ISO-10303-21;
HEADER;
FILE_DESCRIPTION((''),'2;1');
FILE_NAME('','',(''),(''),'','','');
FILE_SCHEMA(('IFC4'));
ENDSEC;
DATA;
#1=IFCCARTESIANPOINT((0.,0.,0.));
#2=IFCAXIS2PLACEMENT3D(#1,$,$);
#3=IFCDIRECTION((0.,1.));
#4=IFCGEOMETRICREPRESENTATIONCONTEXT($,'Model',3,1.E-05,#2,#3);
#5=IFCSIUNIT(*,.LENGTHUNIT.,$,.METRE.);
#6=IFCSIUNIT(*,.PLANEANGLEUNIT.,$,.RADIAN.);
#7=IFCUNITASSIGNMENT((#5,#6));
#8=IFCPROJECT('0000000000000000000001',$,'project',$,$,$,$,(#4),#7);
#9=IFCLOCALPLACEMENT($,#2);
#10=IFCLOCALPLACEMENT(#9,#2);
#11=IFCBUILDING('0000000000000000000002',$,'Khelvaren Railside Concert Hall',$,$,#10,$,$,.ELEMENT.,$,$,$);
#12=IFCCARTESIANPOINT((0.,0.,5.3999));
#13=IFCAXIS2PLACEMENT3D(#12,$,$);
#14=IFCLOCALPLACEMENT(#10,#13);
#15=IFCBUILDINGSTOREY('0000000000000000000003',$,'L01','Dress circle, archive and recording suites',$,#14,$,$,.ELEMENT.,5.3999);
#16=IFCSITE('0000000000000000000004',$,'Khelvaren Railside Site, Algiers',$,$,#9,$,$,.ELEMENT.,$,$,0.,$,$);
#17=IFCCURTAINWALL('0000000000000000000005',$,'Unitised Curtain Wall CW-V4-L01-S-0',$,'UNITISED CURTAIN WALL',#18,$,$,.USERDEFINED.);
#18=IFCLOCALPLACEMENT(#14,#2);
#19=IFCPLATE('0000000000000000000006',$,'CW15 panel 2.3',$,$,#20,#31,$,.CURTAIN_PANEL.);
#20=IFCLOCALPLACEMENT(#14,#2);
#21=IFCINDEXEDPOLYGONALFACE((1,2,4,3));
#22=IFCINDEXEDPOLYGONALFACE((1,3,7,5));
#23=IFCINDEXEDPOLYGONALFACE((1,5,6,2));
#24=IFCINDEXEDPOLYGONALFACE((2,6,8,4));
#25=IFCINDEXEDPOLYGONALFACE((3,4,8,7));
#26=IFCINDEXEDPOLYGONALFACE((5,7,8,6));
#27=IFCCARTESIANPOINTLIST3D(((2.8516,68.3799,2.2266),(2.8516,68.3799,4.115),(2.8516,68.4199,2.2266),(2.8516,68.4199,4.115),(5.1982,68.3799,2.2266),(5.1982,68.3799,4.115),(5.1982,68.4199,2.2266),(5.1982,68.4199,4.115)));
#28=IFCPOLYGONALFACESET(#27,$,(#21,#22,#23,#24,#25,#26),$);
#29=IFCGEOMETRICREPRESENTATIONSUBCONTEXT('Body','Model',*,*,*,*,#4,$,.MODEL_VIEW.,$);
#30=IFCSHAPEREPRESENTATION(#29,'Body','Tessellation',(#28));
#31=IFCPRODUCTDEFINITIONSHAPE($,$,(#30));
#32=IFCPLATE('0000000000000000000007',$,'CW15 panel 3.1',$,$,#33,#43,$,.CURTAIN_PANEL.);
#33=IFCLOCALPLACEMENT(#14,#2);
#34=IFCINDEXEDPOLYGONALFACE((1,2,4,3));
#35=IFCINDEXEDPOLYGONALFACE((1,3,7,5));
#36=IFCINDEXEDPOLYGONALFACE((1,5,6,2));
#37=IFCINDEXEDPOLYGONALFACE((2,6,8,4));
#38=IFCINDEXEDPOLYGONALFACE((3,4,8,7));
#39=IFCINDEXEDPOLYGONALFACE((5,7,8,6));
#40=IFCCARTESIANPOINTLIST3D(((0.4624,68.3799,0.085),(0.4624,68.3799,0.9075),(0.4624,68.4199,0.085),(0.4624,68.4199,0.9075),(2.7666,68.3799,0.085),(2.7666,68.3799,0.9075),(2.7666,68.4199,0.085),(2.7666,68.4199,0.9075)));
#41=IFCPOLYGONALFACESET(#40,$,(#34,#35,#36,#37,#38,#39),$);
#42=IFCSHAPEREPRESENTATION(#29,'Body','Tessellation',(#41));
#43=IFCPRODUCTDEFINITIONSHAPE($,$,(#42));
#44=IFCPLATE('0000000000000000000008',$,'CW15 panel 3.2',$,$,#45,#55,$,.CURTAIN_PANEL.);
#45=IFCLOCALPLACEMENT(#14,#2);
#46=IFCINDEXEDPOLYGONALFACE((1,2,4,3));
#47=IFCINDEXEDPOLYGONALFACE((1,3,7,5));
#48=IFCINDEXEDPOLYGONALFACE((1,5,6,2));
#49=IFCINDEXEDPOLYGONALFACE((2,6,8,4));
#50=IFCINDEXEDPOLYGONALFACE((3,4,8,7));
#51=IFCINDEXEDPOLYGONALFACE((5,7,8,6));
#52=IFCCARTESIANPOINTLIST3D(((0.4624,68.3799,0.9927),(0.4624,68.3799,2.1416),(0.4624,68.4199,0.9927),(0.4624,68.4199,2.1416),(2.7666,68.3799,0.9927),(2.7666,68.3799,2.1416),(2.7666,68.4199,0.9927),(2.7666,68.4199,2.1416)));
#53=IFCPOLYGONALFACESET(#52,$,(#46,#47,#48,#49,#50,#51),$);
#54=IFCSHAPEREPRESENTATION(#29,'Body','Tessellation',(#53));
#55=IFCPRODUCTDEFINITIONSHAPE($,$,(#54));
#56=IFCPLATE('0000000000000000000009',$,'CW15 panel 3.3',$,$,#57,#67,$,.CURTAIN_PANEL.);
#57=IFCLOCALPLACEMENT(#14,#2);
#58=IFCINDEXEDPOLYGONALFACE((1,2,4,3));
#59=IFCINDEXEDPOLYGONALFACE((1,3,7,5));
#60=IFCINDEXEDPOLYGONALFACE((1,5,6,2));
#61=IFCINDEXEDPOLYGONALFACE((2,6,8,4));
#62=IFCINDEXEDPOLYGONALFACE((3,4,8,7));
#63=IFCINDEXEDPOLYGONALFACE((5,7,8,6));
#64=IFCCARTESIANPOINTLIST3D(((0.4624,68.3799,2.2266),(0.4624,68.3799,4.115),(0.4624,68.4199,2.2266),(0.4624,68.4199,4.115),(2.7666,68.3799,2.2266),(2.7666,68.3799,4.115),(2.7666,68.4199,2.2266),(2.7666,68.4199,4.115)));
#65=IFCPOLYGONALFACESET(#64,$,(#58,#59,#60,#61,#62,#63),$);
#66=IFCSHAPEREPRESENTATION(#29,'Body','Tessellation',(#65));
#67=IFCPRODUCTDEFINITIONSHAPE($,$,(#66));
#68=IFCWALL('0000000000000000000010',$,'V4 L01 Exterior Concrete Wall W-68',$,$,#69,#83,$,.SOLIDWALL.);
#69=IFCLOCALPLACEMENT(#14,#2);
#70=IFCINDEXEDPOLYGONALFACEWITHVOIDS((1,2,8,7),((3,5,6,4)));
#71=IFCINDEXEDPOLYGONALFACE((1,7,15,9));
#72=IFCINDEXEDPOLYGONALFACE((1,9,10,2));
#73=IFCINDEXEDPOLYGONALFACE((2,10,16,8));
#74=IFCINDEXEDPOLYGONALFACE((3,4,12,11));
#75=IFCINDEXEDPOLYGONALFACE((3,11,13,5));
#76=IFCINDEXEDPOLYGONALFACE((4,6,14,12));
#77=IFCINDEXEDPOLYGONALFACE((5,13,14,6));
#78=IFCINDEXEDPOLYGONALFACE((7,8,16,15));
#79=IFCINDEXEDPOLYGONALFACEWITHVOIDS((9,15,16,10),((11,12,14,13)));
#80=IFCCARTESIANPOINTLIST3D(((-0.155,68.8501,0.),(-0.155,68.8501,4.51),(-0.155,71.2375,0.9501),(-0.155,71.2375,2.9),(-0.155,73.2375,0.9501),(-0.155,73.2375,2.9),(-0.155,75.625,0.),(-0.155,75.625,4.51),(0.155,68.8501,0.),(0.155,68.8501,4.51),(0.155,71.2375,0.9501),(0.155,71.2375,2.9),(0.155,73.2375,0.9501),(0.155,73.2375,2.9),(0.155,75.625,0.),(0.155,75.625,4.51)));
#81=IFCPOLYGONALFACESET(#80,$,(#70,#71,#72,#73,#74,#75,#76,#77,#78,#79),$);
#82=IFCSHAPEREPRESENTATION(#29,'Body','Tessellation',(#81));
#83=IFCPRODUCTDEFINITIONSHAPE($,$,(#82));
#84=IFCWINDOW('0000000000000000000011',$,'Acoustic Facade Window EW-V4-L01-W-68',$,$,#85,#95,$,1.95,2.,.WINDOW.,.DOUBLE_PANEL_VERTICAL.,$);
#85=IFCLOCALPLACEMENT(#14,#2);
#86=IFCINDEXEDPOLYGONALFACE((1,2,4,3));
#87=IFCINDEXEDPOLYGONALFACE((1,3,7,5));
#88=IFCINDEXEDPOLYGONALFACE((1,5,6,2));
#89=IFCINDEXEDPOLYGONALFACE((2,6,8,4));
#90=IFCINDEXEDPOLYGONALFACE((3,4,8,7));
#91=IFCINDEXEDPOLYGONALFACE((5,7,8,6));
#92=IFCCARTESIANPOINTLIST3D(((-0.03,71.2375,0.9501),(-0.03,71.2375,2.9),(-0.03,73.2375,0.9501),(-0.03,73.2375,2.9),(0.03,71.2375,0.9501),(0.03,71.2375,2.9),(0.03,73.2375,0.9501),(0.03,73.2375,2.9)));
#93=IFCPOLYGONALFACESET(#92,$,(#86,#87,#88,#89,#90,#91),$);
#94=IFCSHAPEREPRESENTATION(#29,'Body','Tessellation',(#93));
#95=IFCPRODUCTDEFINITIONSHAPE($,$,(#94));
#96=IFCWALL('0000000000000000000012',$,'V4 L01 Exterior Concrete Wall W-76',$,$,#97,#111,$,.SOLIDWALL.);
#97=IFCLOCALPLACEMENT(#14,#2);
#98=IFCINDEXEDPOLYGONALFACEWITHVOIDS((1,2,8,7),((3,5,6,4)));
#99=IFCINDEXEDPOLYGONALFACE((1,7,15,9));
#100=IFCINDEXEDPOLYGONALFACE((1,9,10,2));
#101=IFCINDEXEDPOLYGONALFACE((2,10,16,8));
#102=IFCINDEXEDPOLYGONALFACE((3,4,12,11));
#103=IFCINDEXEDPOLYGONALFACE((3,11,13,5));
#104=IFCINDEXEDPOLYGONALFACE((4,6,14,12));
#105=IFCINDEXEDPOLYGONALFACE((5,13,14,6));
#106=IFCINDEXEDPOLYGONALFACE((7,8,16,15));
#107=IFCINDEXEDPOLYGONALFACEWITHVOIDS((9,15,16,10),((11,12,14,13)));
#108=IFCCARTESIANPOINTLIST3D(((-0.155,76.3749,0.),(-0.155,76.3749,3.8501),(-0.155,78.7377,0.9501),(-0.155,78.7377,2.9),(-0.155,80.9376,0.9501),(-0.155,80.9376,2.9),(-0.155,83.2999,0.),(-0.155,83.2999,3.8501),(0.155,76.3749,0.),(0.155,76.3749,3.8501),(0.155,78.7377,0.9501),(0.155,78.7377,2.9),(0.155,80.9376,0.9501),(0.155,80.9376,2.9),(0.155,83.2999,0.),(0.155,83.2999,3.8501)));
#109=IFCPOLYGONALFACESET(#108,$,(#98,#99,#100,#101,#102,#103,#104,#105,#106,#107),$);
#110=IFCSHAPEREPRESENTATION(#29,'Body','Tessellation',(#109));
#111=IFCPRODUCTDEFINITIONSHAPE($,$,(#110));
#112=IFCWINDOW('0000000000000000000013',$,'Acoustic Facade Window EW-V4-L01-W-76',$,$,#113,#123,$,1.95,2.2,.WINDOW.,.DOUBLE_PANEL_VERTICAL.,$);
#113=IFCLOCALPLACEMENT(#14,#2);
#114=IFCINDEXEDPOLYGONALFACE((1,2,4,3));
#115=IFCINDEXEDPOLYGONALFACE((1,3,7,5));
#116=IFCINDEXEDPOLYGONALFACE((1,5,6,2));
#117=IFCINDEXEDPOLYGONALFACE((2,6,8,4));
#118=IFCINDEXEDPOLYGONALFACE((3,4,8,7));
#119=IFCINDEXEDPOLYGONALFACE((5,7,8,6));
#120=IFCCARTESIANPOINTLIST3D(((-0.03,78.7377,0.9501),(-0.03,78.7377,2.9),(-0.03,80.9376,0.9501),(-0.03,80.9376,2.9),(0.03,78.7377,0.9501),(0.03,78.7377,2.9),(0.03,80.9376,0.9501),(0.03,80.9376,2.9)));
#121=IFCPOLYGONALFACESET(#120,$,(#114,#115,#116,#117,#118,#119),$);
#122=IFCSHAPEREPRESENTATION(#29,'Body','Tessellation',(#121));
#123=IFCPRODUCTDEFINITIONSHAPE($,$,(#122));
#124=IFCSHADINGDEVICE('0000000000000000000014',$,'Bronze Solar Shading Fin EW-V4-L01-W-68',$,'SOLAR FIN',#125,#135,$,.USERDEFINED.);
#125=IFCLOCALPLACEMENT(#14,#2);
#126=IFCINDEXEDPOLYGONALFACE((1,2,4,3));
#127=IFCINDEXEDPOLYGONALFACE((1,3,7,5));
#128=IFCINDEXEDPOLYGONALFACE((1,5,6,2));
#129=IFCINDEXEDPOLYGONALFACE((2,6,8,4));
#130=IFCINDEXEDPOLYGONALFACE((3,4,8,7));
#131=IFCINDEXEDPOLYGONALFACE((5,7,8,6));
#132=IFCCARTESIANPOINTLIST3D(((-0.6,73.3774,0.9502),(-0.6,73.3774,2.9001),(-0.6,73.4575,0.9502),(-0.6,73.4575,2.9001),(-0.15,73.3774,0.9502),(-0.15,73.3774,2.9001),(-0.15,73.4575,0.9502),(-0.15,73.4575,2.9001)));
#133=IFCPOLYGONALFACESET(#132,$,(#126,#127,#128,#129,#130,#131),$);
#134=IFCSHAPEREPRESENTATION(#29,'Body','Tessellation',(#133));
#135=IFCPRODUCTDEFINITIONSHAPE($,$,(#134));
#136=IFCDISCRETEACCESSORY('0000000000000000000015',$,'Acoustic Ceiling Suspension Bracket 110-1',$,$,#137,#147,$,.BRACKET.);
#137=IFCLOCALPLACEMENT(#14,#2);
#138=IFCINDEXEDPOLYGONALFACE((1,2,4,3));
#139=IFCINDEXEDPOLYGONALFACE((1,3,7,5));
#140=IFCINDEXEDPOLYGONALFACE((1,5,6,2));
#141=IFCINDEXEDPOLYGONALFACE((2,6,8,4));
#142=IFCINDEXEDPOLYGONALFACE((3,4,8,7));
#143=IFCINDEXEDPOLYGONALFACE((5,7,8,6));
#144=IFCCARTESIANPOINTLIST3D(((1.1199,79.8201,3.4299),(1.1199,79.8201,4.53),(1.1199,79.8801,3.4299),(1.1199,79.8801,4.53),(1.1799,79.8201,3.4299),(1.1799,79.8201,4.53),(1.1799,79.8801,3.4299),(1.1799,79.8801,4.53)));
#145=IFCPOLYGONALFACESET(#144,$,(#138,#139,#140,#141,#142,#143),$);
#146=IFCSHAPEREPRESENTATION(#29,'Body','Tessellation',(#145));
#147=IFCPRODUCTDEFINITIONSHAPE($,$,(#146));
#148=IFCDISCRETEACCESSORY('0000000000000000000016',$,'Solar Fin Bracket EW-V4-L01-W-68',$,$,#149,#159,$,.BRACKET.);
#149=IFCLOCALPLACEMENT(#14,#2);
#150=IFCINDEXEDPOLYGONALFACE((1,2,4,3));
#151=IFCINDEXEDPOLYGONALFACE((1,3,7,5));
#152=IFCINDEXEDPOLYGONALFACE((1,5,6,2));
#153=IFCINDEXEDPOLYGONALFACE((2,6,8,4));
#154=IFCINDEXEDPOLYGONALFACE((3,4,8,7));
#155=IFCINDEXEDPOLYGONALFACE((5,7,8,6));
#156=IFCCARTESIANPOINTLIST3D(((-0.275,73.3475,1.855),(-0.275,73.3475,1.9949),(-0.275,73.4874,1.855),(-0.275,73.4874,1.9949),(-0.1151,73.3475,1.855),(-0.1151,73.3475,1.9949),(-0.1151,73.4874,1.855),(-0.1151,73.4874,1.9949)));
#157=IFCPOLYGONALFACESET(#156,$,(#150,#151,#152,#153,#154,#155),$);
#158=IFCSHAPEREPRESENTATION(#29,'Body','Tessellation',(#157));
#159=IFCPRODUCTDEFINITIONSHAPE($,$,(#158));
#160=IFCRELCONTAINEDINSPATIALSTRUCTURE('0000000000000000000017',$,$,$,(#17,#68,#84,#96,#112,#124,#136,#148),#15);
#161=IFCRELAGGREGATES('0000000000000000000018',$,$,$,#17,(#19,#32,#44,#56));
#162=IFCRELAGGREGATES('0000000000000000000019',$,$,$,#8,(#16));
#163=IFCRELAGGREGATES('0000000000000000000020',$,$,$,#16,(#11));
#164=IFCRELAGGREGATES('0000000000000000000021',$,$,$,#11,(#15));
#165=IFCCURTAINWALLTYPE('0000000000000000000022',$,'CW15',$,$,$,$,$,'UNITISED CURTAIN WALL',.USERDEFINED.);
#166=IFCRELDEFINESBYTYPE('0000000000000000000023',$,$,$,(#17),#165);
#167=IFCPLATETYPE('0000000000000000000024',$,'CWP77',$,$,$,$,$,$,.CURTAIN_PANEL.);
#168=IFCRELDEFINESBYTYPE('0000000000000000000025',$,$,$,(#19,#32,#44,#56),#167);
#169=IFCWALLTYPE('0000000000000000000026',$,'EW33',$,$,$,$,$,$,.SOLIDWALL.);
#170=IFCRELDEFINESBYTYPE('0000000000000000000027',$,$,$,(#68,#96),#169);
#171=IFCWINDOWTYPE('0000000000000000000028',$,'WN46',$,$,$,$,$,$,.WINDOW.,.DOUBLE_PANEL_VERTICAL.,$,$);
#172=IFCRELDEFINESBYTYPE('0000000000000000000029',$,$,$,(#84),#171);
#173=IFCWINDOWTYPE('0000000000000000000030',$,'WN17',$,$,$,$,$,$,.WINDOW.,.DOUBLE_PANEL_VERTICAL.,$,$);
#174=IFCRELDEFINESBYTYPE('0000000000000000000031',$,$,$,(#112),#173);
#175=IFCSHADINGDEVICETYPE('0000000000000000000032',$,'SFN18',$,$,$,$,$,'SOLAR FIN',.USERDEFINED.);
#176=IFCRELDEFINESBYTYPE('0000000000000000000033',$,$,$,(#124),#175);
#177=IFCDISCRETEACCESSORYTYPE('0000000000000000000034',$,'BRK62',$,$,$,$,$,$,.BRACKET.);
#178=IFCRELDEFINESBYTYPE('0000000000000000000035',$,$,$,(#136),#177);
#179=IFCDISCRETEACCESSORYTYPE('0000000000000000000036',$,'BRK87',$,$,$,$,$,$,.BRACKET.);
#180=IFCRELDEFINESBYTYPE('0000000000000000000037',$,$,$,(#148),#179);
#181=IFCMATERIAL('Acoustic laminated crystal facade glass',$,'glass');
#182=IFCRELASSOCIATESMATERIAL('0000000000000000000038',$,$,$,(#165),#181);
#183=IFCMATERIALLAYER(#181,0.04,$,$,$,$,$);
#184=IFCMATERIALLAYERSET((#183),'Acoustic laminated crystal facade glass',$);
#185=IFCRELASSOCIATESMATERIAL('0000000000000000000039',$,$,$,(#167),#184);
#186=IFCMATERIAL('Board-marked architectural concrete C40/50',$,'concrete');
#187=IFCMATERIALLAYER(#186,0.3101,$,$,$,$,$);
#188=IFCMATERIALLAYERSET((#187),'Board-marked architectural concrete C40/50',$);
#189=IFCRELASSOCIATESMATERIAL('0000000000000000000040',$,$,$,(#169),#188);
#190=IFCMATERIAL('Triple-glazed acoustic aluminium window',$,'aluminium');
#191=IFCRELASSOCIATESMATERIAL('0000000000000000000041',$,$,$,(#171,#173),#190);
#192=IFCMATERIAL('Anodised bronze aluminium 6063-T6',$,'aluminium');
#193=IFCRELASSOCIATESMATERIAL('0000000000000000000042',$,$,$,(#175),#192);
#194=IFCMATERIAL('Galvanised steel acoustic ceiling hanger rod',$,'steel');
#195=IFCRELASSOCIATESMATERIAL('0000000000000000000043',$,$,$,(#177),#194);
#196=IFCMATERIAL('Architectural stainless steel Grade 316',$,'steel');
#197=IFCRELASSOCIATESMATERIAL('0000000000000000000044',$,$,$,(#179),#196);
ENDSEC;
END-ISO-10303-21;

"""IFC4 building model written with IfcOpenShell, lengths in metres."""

from ifc_helpers import new_model, si_unit, direction, frame, frame_2d, origin, origin_2d, place, context, subcontext, project, spatial, rectangle, extrude, material, layer, layer_set, type_object, element, fill, aggregate, save


model = new_model("IFC4")

# Units and contexts
model_context = context("Model", 3, precision=1e-05, world=origin(), true_north=direction((0.0, 1.0)))
body_context = subcontext(model_context, "Body", "Model", "MODEL_VIEW")
ifc_project = project(units=[si_unit("LENGTHUNIT", "METRE"), si_unit("PLANEANGLEUNIT", "RADIAN")], contexts=[model_context])

# Site, building, storey
site_placement = place(None, origin())
site = spatial("IfcSite", under=ifc_project, at=site_placement, Name="Khelvaren Railside Site, Algiers", CompositionType="ELEMENT", RefElevation=0.0)
building_placement = place(site_placement, origin())
building = spatial("IfcBuilding", under=site, at=building_placement, Name="Khelvaren Railside Concert Hall", CompositionType="ELEMENT")
storey_placement = place(building_placement, frame((0.0, 0.0, 5.3999)))
storey = spatial("IfcBuildingStorey", under=building, at=storey_placement, Name="L01", Description="Dress circle, archive and recording suites", CompositionType="ELEMENT", Elevation=5.3999)

# Curtain wall
ifc_material_1 = material(Name="Acoustic laminated crystal facade glass", Category="glass")
curtain_wall_type = type_object("IfcCurtainWallType", Name="CW15", ElementType="UNITISED CURTAIN WALL", PredefinedType="USERDEFINED", material=ifc_material_1)
curtain_wall_placement = place(storey_placement, origin())
curtain_wall = element("IfcCurtainWall", 1, at=curtain_wall_placement, inside=storey, type_object=curtain_wall_type, Name="Unitised Curtain Wall CW-V4-L01-S-0", ObjectType="UNITISED CURTAIN WALL", PredefinedType="USERDEFINED")

# Plates
ifc_layer_1 = layer(ifc_material_1, 0.04)
ifc_layer_set_1 = layer_set([ifc_layer_1], Name="Acoustic laminated crystal facade glass")
plate_type = type_object("IfcPlateType", Name="CWP77", PredefinedType="CURTAIN_PANEL", material=ifc_layer_set_1)
plate_1_placement = place(storey_placement, frame((4.0249, 68.3999, 2.2266), z_axis=(0.0, 0.0, 1.0), x_axis=(-1.0, 0.0, 0.0)))
plate_1 = element("IfcPlate", 2, at=plate_1_placement, type_object=plate_type, Name="CW15 panel 2.3", PredefinedType="CURTAIN_PANEL", context=body_context, shape_type="SweptSolid", body=[
    extrude(rectangle(XDim=2.3467, YDim=0.04, at=origin_2d()), origin(), (0.0, 0.0, 1.0), 1.8884),
])
plate_2_placement = place(storey_placement, frame((1.6145, 68.3999, 0.085), z_axis=(0.0, 0.0, 1.0), x_axis=(-1.0, 0.0, 0.0)))
plate_2 = element("IfcPlate", 3, at=plate_2_placement, type_object=plate_type, Name="CW15 panel 3.1", PredefinedType="CURTAIN_PANEL", context=body_context, shape_type="SweptSolid", body=[
    extrude(rectangle(XDim=2.3042, YDim=0.04, at=origin_2d()), origin(), (0.0, 0.0, 1.0), 0.8225),
])
plate_3_placement = place(storey_placement, frame((1.6145, 68.3999, 0.9927), z_axis=(0.0, 0.0, 1.0), x_axis=(-1.0, 0.0, 0.0)))
plate_3 = element("IfcPlate", 4, at=plate_3_placement, type_object=plate_type, Name="CW15 panel 3.2", PredefinedType="CURTAIN_PANEL", context=body_context, shape_type="SweptSolid", body=[
    extrude(rectangle(XDim=2.3042, YDim=0.04, at=origin_2d()), origin(), (0.0, 0.0, 1.0), 1.1489),
])
plate_4_placement = place(storey_placement, frame((1.6145, 68.3999, 2.2266), z_axis=(0.0, 0.0, 1.0), x_axis=(-1.0, 0.0, 0.0)))
plate_4 = element("IfcPlate", 5, at=plate_4_placement, type_object=plate_type, Name="CW15 panel 3.3", PredefinedType="CURTAIN_PANEL", context=body_context, shape_type="SweptSolid", body=[
    extrude(rectangle(XDim=2.3042, YDim=0.04, at=origin_2d()), origin(), (0.0, 0.0, 1.0), 1.8884),
])
aggregate(curtain_wall, [plate_1, plate_2, plate_3, plate_4])

# Walls, openings, windows
ifc_material_2 = material(Name="Board-marked architectural concrete C40/50", Category="concrete")
ifc_layer_2 = layer(ifc_material_2, 0.3101)
ifc_layer_set_2 = layer_set([ifc_layer_2], Name="Board-marked architectural concrete C40/50")
wall_type = type_object("IfcWallType", Name="EW33", PredefinedType="SOLIDWALL", material=ifc_layer_set_2)
wall_1_placement = place(storey_placement, frame((0.0, 68.8501, 0.0), z_axis=(0.0, 0.0, 1.0), x_axis=(0.0, 1.0, 0.0)))
wall_1 = element("IfcWall", 6, at=wall_1_placement, inside=storey, type_object=wall_type, Name="V4 L01 Exterior Concrete Wall W-68", PredefinedType="SOLIDWALL", context=body_context, shape_type="SweptSolid", body=[
    extrude(rectangle(XDim=6.7749, YDim=0.3101, at=frame_2d((3.3875, 0.0))), origin(), (0.0, 0.0, 1.0), 4.51),
])
opening_1_placement = place(wall_1_placement, frame((2.3875, 0.0, 0.95)))
opening_1 = element("IfcOpeningElement", 7, at=opening_1_placement, cuts=wall_1, PredefinedType="OPENING", context=body_context, shape_type="SweptSolid", body=[
    extrude(rectangle(XDim=2.0, YDim=1.95, at=frame_2d((1.0, 0.9751))), frame((0.0, 0.165, 0.0), z_axis=(0.0, -1.0, 0.0), x_axis=(1.0, 0.0, 0.0)), (0.0, 0.0, 1.0), 0.3301),
])
ifc_material_3 = material(Name="Triple-glazed acoustic aluminium window", Category="aluminium")
window_type_1 = type_object("IfcWindowType", Name="WN46", PartitioningType="DOUBLE_PANEL_VERTICAL", PredefinedType="WINDOW", material=ifc_material_3)
window_1_placement = place(opening_1_placement, origin())
window_1 = element("IfcWindow", 8, at=window_1_placement, inside=storey, type_object=window_type_1, Name="Acoustic Facade Window EW-V4-L01-W-68", OverallHeight=1.95, OverallWidth=2.0, PartitioningType="DOUBLE_PANEL_VERTICAL", PredefinedType="WINDOW", context=body_context, shape_type="SweptSolid", body=[
    extrude(rectangle(XDim=2.0, YDim=1.95, at=frame_2d((1.0, 0.9751))), frame((0.0, 0.03, 0.0), z_axis=(0.0, -1.0, 0.0), x_axis=(1.0, 0.0, 0.0)), (0.0, 0.0, 1.0), 0.0601),
])
fill(opening_1, window_1)
wall_2_placement = place(storey_placement, frame((0.0, 76.375, 0.0), z_axis=(0.0, 0.0, 1.0), x_axis=(0.0, 1.0, 0.0)))
wall_2 = element("IfcWall", 9, at=wall_2_placement, inside=storey, type_object=wall_type, Name="V4 L01 Exterior Concrete Wall W-76", PredefinedType="SOLIDWALL", context=body_context, shape_type="SweptSolid", body=[
    extrude(rectangle(XDim=6.925, YDim=0.3101, at=frame_2d((3.4624, 0.0))), origin(), (0.0, 0.0, 1.0), 3.8501),
])
opening_2_placement = place(wall_2_placement, frame((2.3625, 0.0, 0.95)))
opening_2 = element("IfcOpeningElement", 10, at=opening_2_placement, cuts=wall_2, PredefinedType="OPENING", context=body_context, shape_type="SweptSolid", body=[
    extrude(rectangle(XDim=2.2, YDim=1.95, at=frame_2d((1.1001, 0.9751))), frame((0.0, 0.165, 0.0), z_axis=(0.0, -1.0, 0.0), x_axis=(1.0, 0.0, 0.0)), (0.0, 0.0, 1.0), 0.3301),
])
window_type_2 = type_object("IfcWindowType", Name="WN17", PartitioningType="DOUBLE_PANEL_VERTICAL", PredefinedType="WINDOW", material=ifc_material_3)
window_2_placement = place(opening_2_placement, origin())
window_2 = element("IfcWindow", 11, at=window_2_placement, inside=storey, type_object=window_type_2, Name="Acoustic Facade Window EW-V4-L01-W-76", OverallHeight=1.95, OverallWidth=2.2, PartitioningType="DOUBLE_PANEL_VERTICAL", PredefinedType="WINDOW", context=body_context, shape_type="SweptSolid", body=[
    extrude(rectangle(XDim=2.2, YDim=1.95, at=frame_2d((1.1001, 0.9751))), frame((0.0, 0.03, 0.0), z_axis=(0.0, -1.0, 0.0), x_axis=(1.0, 0.0, 0.0)), (0.0, 0.0, 1.0), 0.0601),
])
fill(opening_2, window_2)

# Shading device
ifc_material_4 = material(Name="Anodised bronze aluminium 6063-T6", Category="aluminium")
shading_device_type = type_object("IfcShadingDeviceType", Name="SFN18", ElementType="SOLAR FIN", PredefinedType="USERDEFINED", material=ifc_material_4)
shading_device_placement = place(storey_placement, frame((-0.375, 73.4175, 0.9502), z_axis=(0.0, 0.0, 1.0), x_axis=(0.0, 1.0, 0.0)))
element("IfcShadingDevice", 12, at=shading_device_placement, inside=storey, type_object=shading_device_type, Name="Bronze Solar Shading Fin EW-V4-L01-W-68", ObjectType="SOLAR FIN", PredefinedType="USERDEFINED", context=body_context, shape_type="SweptSolid", body=[
    extrude(rectangle(XDim=0.0801, YDim=0.45, at=origin_2d()), origin(), (0.0, 0.0, 1.0), 1.95),
])

# Discrete accessories
ifc_material_5 = material(Name="Galvanised steel acoustic ceiling hanger rod", Category="steel")
discrete_accessory_type_1 = type_object("IfcDiscreteAccessoryType", Name="BRK62", PredefinedType="BRACKET", material=ifc_material_5)
discrete_accessory_1_placement = place(storey_placement, frame((1.1499, 79.8501, 3.4299), z_axis=(0.0, 0.0, 1.0), x_axis=(1.0, 0.0, 0.0)))
element("IfcDiscreteAccessory", 13, at=discrete_accessory_1_placement, inside=storey, type_object=discrete_accessory_type_1, Name="Acoustic Ceiling Suspension Bracket 110-1", PredefinedType="BRACKET", context=body_context, shape_type="SweptSolid", body=[
    extrude(rectangle(XDim=0.0601, YDim=0.0601, at=origin_2d()), origin(), (0.0, 0.0, 1.0), 1.1001),
])
ifc_material_6 = material(Name="Architectural stainless steel Grade 316", Category="steel")
discrete_accessory_type_2 = type_object("IfcDiscreteAccessoryType", Name="BRK87", PredefinedType="BRACKET", material=ifc_material_6)
discrete_accessory_2_placement = place(storey_placement, frame((-0.1951, 73.4175, 1.855), z_axis=(0.0, 0.0, 1.0), x_axis=(0.0, 1.0, 0.0)))
element("IfcDiscreteAccessory", 14, at=discrete_accessory_2_placement, inside=storey, type_object=discrete_accessory_type_2, Name="Solar Fin Bracket EW-V4-L01-W-68", PredefinedType="BRACKET", context=body_context, shape_type="SweptSolid", body=[
    extrude(rectangle(XDim=0.1399, YDim=0.1599, at=origin_2d()), origin(), (0.0, 0.0, 1.0), 0.1399),
])

save(model, "model.ifc")
